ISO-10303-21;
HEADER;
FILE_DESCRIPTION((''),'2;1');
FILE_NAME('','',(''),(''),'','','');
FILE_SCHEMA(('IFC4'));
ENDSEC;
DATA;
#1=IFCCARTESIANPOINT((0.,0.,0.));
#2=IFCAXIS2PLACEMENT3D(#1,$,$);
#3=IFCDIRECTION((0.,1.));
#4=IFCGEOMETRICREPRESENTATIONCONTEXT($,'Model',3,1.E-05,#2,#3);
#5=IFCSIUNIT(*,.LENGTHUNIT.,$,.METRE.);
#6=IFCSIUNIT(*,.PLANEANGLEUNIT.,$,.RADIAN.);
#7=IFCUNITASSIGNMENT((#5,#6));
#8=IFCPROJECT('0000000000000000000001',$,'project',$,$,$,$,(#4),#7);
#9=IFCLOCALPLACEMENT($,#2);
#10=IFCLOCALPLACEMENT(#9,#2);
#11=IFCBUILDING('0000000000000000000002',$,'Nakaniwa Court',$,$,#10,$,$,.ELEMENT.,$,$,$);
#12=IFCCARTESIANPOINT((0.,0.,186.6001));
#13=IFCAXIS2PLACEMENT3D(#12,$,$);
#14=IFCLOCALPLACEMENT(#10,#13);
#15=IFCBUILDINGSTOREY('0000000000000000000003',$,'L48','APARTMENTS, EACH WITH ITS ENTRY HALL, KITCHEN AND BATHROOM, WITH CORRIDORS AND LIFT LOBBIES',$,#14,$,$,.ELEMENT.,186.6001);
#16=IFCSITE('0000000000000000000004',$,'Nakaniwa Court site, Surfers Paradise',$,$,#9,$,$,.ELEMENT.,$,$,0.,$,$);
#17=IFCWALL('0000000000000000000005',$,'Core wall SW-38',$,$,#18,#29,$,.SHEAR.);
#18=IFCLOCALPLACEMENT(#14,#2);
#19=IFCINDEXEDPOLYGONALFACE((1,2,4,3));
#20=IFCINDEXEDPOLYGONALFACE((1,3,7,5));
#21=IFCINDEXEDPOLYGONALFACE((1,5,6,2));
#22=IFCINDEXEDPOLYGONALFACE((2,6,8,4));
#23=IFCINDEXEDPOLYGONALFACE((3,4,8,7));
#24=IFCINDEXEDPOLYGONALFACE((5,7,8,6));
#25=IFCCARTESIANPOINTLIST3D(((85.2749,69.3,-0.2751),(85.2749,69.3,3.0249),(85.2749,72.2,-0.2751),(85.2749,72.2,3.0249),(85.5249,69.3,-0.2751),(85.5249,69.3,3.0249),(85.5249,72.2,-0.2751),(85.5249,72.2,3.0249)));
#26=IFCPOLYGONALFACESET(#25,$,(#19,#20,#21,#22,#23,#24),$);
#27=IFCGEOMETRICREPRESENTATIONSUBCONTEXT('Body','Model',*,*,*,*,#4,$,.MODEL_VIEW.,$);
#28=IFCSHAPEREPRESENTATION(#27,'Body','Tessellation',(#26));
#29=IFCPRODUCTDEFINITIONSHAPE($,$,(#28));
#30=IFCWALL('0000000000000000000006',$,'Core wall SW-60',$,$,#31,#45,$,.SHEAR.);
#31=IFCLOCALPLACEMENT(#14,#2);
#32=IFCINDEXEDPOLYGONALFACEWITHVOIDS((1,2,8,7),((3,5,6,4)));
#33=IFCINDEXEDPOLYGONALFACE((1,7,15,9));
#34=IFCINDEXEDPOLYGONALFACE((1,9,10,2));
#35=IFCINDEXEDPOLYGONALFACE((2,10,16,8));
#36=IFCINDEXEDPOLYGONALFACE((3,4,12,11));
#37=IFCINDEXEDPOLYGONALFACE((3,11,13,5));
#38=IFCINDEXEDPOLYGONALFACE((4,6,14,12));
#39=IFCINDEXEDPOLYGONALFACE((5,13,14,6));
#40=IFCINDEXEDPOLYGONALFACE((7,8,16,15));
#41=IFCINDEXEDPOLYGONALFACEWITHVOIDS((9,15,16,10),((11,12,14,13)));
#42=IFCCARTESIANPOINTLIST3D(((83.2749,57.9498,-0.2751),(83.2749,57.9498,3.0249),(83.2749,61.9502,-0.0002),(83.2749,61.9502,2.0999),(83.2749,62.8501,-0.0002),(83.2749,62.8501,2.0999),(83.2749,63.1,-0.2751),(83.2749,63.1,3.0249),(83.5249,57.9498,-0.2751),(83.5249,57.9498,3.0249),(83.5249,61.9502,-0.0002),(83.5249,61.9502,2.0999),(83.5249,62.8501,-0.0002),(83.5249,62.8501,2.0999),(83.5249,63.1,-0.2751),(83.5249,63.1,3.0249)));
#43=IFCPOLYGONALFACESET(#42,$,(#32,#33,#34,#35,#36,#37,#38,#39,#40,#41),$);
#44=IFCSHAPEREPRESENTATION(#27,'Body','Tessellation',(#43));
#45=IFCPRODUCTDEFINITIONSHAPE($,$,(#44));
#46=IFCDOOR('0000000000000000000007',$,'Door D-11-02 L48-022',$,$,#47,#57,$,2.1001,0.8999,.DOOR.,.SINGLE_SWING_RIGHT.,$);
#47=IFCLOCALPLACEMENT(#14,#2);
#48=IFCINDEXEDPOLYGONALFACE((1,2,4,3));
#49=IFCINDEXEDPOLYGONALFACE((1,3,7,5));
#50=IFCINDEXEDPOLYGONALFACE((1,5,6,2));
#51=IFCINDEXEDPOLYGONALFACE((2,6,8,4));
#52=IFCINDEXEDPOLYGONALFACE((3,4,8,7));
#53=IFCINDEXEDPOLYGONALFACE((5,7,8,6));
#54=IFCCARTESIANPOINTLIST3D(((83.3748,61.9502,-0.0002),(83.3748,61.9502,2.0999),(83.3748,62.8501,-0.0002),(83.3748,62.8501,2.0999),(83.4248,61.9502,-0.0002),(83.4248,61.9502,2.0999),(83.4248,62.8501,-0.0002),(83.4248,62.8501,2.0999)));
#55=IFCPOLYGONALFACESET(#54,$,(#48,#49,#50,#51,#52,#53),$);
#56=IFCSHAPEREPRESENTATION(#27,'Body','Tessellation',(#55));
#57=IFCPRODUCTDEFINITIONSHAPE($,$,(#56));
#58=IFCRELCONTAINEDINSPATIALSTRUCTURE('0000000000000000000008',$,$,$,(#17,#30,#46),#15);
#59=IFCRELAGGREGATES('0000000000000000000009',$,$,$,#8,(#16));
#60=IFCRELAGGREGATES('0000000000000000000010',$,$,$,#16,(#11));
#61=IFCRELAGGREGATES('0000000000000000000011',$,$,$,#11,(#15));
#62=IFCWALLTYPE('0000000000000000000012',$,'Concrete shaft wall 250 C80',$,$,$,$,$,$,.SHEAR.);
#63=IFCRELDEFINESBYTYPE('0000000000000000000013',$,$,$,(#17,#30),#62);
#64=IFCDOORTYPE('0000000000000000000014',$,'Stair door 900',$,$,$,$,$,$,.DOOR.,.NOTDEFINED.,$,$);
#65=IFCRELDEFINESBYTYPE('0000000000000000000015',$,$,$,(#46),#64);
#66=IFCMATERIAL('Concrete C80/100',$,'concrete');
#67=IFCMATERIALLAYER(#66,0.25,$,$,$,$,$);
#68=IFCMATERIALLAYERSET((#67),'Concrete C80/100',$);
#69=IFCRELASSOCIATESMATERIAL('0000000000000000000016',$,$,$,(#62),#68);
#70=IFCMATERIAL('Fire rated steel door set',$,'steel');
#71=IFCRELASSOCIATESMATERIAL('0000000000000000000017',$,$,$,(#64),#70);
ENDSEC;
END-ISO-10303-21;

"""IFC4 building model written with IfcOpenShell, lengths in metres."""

from ifc_helpers import new_model, si_unit, direction, frame, frame_2d, origin, place, context, subcontext, project, spatial, rectangle, extrude, material, layer, layer_set, type_object, element, fill, save


model = new_model("IFC4")

# Units and contexts
model_context = context("Model", 3, precision=1e-05, world=origin(), true_north=direction((0.0, 1.0)))
body_context = subcontext(model_context, "Body", "Model", "MODEL_VIEW")
ifc_project = project(units=[si_unit("LENGTHUNIT", "METRE"), si_unit("PLANEANGLEUNIT", "RADIAN")], contexts=[model_context])

# Site, building, storey
site_placement = place(None, origin())
site = spatial("IfcSite", under=ifc_project, at=site_placement, Name="Nakaniwa Court site, Surfers Paradise", CompositionType="ELEMENT", RefElevation=0.0)
building_placement = place(site_placement, origin())
building = spatial("IfcBuilding", under=site, at=building_placement, Name="Nakaniwa Court", CompositionType="ELEMENT")
storey_placement = place(building_placement, frame((0.0, 0.0, 186.6001)))
storey = spatial("IfcBuildingStorey", under=building, at=storey_placement, Name="L48", Description="APARTMENTS, EACH WITH ITS ENTRY HALL, KITCHEN AND BATHROOM, WITH CORRIDORS AND LIFT LOBBIES", CompositionType="ELEMENT", Elevation=186.6001)

# Shared definitions
ifc_material_1 = material(Name="Fire rated steel door set", Category="steel")
ifc_material_2 = material(Name="Concrete C80/100", Category="concrete")

# Wall
ifc_layer_1 = layer(ifc_material_2, 0.25)
ifc_layer_set_1 = layer_set([ifc_layer_1], Name="Concrete C80/100")
wall_type_1 = type_object("IfcWallType", Name="Concrete shaft wall 250 C80", PredefinedType="SHEAR", material=ifc_layer_set_1)
wall_1_placement = place(storey_placement, frame((85.3999, 69.3, -0.2751), z_axis=(0.0, 0.0, 1.0), x_axis=(0.0, 1.0, 0.0)))
element("IfcWall", 1, at=wall_1_placement, inside=storey, type_object=wall_type_1, Name="Core wall SW-38", PredefinedType="SHEAR", context=body_context, shape_type="SweptSolid", body=[
    extrude(rectangle(XDim=2.8999, YDim=0.25, at=frame_2d((1.45, 0.0))), origin(), (0.0, 0.0, 1.0), 3.3),
])

# Wall, opening, door
wall_2_placement = place(storey_placement, frame((83.3999, 63.1001, -0.2751), z_axis=(0.0, 0.0, 1.0), x_axis=(0.0, -1.0, 0.0)))
wall_2 = element("IfcWall", 2, at=wall_2_placement, inside=storey, type_object=wall_type_1, Name="Core wall SW-60", PredefinedType="SHEAR", context=body_context, shape_type="SweptSolid", body=[
    extrude(rectangle(XDim=5.1501, YDim=0.25, at=frame_2d((2.5752, 0.0))), origin(), (0.0, 0.0, 1.0), 3.3),
])
opening_1_placement = place(wall_2_placement, frame((0.25, 0.0, 0.2749)))
opening_1 = element("IfcOpeningElement", 3, at=opening_1_placement, cuts=wall_2, PredefinedType="OPENING", context=body_context, shape_type="SweptSolid", body=[
    extrude(rectangle(XDim=0.8999, YDim=2.1001, at=frame_2d((0.45, 1.05))), frame((0.0, 0.135, 0.0), z_axis=(0.0, -1.0, 0.0), x_axis=(1.0, 0.0, 0.0)), (0.0, 0.0, 1.0), 0.27),
])
door_type_1 = type_object("IfcDoorType", Name="Stair door 900", OperationType="NOTDEFINED", PredefinedType="DOOR", material=ifc_material_1)
door_1_placement = place(opening_1_placement, origin())
door_1 = element("IfcDoor", 4, at=door_1_placement, inside=storey, type_object=door_type_1, Name="Door D-11-02 L48-022", OperationType="SINGLE_SWING_RIGHT", OverallHeight=2.1001, OverallWidth=0.8999, PredefinedType="DOOR", context=body_context, shape_type="SweptSolid", body=[
    extrude(rectangle(XDim=0.8999, YDim=2.1001, at=frame_2d((0.45, 1.05))), frame((0.0, 0.0249, 0.0), z_axis=(0.0, -1.0, 0.0), x_axis=(1.0, 0.0, 0.0)), (0.0, 0.0, 1.0), 0.05),
])
fill(opening_1, door_1)

save(model, "model.ifc")
